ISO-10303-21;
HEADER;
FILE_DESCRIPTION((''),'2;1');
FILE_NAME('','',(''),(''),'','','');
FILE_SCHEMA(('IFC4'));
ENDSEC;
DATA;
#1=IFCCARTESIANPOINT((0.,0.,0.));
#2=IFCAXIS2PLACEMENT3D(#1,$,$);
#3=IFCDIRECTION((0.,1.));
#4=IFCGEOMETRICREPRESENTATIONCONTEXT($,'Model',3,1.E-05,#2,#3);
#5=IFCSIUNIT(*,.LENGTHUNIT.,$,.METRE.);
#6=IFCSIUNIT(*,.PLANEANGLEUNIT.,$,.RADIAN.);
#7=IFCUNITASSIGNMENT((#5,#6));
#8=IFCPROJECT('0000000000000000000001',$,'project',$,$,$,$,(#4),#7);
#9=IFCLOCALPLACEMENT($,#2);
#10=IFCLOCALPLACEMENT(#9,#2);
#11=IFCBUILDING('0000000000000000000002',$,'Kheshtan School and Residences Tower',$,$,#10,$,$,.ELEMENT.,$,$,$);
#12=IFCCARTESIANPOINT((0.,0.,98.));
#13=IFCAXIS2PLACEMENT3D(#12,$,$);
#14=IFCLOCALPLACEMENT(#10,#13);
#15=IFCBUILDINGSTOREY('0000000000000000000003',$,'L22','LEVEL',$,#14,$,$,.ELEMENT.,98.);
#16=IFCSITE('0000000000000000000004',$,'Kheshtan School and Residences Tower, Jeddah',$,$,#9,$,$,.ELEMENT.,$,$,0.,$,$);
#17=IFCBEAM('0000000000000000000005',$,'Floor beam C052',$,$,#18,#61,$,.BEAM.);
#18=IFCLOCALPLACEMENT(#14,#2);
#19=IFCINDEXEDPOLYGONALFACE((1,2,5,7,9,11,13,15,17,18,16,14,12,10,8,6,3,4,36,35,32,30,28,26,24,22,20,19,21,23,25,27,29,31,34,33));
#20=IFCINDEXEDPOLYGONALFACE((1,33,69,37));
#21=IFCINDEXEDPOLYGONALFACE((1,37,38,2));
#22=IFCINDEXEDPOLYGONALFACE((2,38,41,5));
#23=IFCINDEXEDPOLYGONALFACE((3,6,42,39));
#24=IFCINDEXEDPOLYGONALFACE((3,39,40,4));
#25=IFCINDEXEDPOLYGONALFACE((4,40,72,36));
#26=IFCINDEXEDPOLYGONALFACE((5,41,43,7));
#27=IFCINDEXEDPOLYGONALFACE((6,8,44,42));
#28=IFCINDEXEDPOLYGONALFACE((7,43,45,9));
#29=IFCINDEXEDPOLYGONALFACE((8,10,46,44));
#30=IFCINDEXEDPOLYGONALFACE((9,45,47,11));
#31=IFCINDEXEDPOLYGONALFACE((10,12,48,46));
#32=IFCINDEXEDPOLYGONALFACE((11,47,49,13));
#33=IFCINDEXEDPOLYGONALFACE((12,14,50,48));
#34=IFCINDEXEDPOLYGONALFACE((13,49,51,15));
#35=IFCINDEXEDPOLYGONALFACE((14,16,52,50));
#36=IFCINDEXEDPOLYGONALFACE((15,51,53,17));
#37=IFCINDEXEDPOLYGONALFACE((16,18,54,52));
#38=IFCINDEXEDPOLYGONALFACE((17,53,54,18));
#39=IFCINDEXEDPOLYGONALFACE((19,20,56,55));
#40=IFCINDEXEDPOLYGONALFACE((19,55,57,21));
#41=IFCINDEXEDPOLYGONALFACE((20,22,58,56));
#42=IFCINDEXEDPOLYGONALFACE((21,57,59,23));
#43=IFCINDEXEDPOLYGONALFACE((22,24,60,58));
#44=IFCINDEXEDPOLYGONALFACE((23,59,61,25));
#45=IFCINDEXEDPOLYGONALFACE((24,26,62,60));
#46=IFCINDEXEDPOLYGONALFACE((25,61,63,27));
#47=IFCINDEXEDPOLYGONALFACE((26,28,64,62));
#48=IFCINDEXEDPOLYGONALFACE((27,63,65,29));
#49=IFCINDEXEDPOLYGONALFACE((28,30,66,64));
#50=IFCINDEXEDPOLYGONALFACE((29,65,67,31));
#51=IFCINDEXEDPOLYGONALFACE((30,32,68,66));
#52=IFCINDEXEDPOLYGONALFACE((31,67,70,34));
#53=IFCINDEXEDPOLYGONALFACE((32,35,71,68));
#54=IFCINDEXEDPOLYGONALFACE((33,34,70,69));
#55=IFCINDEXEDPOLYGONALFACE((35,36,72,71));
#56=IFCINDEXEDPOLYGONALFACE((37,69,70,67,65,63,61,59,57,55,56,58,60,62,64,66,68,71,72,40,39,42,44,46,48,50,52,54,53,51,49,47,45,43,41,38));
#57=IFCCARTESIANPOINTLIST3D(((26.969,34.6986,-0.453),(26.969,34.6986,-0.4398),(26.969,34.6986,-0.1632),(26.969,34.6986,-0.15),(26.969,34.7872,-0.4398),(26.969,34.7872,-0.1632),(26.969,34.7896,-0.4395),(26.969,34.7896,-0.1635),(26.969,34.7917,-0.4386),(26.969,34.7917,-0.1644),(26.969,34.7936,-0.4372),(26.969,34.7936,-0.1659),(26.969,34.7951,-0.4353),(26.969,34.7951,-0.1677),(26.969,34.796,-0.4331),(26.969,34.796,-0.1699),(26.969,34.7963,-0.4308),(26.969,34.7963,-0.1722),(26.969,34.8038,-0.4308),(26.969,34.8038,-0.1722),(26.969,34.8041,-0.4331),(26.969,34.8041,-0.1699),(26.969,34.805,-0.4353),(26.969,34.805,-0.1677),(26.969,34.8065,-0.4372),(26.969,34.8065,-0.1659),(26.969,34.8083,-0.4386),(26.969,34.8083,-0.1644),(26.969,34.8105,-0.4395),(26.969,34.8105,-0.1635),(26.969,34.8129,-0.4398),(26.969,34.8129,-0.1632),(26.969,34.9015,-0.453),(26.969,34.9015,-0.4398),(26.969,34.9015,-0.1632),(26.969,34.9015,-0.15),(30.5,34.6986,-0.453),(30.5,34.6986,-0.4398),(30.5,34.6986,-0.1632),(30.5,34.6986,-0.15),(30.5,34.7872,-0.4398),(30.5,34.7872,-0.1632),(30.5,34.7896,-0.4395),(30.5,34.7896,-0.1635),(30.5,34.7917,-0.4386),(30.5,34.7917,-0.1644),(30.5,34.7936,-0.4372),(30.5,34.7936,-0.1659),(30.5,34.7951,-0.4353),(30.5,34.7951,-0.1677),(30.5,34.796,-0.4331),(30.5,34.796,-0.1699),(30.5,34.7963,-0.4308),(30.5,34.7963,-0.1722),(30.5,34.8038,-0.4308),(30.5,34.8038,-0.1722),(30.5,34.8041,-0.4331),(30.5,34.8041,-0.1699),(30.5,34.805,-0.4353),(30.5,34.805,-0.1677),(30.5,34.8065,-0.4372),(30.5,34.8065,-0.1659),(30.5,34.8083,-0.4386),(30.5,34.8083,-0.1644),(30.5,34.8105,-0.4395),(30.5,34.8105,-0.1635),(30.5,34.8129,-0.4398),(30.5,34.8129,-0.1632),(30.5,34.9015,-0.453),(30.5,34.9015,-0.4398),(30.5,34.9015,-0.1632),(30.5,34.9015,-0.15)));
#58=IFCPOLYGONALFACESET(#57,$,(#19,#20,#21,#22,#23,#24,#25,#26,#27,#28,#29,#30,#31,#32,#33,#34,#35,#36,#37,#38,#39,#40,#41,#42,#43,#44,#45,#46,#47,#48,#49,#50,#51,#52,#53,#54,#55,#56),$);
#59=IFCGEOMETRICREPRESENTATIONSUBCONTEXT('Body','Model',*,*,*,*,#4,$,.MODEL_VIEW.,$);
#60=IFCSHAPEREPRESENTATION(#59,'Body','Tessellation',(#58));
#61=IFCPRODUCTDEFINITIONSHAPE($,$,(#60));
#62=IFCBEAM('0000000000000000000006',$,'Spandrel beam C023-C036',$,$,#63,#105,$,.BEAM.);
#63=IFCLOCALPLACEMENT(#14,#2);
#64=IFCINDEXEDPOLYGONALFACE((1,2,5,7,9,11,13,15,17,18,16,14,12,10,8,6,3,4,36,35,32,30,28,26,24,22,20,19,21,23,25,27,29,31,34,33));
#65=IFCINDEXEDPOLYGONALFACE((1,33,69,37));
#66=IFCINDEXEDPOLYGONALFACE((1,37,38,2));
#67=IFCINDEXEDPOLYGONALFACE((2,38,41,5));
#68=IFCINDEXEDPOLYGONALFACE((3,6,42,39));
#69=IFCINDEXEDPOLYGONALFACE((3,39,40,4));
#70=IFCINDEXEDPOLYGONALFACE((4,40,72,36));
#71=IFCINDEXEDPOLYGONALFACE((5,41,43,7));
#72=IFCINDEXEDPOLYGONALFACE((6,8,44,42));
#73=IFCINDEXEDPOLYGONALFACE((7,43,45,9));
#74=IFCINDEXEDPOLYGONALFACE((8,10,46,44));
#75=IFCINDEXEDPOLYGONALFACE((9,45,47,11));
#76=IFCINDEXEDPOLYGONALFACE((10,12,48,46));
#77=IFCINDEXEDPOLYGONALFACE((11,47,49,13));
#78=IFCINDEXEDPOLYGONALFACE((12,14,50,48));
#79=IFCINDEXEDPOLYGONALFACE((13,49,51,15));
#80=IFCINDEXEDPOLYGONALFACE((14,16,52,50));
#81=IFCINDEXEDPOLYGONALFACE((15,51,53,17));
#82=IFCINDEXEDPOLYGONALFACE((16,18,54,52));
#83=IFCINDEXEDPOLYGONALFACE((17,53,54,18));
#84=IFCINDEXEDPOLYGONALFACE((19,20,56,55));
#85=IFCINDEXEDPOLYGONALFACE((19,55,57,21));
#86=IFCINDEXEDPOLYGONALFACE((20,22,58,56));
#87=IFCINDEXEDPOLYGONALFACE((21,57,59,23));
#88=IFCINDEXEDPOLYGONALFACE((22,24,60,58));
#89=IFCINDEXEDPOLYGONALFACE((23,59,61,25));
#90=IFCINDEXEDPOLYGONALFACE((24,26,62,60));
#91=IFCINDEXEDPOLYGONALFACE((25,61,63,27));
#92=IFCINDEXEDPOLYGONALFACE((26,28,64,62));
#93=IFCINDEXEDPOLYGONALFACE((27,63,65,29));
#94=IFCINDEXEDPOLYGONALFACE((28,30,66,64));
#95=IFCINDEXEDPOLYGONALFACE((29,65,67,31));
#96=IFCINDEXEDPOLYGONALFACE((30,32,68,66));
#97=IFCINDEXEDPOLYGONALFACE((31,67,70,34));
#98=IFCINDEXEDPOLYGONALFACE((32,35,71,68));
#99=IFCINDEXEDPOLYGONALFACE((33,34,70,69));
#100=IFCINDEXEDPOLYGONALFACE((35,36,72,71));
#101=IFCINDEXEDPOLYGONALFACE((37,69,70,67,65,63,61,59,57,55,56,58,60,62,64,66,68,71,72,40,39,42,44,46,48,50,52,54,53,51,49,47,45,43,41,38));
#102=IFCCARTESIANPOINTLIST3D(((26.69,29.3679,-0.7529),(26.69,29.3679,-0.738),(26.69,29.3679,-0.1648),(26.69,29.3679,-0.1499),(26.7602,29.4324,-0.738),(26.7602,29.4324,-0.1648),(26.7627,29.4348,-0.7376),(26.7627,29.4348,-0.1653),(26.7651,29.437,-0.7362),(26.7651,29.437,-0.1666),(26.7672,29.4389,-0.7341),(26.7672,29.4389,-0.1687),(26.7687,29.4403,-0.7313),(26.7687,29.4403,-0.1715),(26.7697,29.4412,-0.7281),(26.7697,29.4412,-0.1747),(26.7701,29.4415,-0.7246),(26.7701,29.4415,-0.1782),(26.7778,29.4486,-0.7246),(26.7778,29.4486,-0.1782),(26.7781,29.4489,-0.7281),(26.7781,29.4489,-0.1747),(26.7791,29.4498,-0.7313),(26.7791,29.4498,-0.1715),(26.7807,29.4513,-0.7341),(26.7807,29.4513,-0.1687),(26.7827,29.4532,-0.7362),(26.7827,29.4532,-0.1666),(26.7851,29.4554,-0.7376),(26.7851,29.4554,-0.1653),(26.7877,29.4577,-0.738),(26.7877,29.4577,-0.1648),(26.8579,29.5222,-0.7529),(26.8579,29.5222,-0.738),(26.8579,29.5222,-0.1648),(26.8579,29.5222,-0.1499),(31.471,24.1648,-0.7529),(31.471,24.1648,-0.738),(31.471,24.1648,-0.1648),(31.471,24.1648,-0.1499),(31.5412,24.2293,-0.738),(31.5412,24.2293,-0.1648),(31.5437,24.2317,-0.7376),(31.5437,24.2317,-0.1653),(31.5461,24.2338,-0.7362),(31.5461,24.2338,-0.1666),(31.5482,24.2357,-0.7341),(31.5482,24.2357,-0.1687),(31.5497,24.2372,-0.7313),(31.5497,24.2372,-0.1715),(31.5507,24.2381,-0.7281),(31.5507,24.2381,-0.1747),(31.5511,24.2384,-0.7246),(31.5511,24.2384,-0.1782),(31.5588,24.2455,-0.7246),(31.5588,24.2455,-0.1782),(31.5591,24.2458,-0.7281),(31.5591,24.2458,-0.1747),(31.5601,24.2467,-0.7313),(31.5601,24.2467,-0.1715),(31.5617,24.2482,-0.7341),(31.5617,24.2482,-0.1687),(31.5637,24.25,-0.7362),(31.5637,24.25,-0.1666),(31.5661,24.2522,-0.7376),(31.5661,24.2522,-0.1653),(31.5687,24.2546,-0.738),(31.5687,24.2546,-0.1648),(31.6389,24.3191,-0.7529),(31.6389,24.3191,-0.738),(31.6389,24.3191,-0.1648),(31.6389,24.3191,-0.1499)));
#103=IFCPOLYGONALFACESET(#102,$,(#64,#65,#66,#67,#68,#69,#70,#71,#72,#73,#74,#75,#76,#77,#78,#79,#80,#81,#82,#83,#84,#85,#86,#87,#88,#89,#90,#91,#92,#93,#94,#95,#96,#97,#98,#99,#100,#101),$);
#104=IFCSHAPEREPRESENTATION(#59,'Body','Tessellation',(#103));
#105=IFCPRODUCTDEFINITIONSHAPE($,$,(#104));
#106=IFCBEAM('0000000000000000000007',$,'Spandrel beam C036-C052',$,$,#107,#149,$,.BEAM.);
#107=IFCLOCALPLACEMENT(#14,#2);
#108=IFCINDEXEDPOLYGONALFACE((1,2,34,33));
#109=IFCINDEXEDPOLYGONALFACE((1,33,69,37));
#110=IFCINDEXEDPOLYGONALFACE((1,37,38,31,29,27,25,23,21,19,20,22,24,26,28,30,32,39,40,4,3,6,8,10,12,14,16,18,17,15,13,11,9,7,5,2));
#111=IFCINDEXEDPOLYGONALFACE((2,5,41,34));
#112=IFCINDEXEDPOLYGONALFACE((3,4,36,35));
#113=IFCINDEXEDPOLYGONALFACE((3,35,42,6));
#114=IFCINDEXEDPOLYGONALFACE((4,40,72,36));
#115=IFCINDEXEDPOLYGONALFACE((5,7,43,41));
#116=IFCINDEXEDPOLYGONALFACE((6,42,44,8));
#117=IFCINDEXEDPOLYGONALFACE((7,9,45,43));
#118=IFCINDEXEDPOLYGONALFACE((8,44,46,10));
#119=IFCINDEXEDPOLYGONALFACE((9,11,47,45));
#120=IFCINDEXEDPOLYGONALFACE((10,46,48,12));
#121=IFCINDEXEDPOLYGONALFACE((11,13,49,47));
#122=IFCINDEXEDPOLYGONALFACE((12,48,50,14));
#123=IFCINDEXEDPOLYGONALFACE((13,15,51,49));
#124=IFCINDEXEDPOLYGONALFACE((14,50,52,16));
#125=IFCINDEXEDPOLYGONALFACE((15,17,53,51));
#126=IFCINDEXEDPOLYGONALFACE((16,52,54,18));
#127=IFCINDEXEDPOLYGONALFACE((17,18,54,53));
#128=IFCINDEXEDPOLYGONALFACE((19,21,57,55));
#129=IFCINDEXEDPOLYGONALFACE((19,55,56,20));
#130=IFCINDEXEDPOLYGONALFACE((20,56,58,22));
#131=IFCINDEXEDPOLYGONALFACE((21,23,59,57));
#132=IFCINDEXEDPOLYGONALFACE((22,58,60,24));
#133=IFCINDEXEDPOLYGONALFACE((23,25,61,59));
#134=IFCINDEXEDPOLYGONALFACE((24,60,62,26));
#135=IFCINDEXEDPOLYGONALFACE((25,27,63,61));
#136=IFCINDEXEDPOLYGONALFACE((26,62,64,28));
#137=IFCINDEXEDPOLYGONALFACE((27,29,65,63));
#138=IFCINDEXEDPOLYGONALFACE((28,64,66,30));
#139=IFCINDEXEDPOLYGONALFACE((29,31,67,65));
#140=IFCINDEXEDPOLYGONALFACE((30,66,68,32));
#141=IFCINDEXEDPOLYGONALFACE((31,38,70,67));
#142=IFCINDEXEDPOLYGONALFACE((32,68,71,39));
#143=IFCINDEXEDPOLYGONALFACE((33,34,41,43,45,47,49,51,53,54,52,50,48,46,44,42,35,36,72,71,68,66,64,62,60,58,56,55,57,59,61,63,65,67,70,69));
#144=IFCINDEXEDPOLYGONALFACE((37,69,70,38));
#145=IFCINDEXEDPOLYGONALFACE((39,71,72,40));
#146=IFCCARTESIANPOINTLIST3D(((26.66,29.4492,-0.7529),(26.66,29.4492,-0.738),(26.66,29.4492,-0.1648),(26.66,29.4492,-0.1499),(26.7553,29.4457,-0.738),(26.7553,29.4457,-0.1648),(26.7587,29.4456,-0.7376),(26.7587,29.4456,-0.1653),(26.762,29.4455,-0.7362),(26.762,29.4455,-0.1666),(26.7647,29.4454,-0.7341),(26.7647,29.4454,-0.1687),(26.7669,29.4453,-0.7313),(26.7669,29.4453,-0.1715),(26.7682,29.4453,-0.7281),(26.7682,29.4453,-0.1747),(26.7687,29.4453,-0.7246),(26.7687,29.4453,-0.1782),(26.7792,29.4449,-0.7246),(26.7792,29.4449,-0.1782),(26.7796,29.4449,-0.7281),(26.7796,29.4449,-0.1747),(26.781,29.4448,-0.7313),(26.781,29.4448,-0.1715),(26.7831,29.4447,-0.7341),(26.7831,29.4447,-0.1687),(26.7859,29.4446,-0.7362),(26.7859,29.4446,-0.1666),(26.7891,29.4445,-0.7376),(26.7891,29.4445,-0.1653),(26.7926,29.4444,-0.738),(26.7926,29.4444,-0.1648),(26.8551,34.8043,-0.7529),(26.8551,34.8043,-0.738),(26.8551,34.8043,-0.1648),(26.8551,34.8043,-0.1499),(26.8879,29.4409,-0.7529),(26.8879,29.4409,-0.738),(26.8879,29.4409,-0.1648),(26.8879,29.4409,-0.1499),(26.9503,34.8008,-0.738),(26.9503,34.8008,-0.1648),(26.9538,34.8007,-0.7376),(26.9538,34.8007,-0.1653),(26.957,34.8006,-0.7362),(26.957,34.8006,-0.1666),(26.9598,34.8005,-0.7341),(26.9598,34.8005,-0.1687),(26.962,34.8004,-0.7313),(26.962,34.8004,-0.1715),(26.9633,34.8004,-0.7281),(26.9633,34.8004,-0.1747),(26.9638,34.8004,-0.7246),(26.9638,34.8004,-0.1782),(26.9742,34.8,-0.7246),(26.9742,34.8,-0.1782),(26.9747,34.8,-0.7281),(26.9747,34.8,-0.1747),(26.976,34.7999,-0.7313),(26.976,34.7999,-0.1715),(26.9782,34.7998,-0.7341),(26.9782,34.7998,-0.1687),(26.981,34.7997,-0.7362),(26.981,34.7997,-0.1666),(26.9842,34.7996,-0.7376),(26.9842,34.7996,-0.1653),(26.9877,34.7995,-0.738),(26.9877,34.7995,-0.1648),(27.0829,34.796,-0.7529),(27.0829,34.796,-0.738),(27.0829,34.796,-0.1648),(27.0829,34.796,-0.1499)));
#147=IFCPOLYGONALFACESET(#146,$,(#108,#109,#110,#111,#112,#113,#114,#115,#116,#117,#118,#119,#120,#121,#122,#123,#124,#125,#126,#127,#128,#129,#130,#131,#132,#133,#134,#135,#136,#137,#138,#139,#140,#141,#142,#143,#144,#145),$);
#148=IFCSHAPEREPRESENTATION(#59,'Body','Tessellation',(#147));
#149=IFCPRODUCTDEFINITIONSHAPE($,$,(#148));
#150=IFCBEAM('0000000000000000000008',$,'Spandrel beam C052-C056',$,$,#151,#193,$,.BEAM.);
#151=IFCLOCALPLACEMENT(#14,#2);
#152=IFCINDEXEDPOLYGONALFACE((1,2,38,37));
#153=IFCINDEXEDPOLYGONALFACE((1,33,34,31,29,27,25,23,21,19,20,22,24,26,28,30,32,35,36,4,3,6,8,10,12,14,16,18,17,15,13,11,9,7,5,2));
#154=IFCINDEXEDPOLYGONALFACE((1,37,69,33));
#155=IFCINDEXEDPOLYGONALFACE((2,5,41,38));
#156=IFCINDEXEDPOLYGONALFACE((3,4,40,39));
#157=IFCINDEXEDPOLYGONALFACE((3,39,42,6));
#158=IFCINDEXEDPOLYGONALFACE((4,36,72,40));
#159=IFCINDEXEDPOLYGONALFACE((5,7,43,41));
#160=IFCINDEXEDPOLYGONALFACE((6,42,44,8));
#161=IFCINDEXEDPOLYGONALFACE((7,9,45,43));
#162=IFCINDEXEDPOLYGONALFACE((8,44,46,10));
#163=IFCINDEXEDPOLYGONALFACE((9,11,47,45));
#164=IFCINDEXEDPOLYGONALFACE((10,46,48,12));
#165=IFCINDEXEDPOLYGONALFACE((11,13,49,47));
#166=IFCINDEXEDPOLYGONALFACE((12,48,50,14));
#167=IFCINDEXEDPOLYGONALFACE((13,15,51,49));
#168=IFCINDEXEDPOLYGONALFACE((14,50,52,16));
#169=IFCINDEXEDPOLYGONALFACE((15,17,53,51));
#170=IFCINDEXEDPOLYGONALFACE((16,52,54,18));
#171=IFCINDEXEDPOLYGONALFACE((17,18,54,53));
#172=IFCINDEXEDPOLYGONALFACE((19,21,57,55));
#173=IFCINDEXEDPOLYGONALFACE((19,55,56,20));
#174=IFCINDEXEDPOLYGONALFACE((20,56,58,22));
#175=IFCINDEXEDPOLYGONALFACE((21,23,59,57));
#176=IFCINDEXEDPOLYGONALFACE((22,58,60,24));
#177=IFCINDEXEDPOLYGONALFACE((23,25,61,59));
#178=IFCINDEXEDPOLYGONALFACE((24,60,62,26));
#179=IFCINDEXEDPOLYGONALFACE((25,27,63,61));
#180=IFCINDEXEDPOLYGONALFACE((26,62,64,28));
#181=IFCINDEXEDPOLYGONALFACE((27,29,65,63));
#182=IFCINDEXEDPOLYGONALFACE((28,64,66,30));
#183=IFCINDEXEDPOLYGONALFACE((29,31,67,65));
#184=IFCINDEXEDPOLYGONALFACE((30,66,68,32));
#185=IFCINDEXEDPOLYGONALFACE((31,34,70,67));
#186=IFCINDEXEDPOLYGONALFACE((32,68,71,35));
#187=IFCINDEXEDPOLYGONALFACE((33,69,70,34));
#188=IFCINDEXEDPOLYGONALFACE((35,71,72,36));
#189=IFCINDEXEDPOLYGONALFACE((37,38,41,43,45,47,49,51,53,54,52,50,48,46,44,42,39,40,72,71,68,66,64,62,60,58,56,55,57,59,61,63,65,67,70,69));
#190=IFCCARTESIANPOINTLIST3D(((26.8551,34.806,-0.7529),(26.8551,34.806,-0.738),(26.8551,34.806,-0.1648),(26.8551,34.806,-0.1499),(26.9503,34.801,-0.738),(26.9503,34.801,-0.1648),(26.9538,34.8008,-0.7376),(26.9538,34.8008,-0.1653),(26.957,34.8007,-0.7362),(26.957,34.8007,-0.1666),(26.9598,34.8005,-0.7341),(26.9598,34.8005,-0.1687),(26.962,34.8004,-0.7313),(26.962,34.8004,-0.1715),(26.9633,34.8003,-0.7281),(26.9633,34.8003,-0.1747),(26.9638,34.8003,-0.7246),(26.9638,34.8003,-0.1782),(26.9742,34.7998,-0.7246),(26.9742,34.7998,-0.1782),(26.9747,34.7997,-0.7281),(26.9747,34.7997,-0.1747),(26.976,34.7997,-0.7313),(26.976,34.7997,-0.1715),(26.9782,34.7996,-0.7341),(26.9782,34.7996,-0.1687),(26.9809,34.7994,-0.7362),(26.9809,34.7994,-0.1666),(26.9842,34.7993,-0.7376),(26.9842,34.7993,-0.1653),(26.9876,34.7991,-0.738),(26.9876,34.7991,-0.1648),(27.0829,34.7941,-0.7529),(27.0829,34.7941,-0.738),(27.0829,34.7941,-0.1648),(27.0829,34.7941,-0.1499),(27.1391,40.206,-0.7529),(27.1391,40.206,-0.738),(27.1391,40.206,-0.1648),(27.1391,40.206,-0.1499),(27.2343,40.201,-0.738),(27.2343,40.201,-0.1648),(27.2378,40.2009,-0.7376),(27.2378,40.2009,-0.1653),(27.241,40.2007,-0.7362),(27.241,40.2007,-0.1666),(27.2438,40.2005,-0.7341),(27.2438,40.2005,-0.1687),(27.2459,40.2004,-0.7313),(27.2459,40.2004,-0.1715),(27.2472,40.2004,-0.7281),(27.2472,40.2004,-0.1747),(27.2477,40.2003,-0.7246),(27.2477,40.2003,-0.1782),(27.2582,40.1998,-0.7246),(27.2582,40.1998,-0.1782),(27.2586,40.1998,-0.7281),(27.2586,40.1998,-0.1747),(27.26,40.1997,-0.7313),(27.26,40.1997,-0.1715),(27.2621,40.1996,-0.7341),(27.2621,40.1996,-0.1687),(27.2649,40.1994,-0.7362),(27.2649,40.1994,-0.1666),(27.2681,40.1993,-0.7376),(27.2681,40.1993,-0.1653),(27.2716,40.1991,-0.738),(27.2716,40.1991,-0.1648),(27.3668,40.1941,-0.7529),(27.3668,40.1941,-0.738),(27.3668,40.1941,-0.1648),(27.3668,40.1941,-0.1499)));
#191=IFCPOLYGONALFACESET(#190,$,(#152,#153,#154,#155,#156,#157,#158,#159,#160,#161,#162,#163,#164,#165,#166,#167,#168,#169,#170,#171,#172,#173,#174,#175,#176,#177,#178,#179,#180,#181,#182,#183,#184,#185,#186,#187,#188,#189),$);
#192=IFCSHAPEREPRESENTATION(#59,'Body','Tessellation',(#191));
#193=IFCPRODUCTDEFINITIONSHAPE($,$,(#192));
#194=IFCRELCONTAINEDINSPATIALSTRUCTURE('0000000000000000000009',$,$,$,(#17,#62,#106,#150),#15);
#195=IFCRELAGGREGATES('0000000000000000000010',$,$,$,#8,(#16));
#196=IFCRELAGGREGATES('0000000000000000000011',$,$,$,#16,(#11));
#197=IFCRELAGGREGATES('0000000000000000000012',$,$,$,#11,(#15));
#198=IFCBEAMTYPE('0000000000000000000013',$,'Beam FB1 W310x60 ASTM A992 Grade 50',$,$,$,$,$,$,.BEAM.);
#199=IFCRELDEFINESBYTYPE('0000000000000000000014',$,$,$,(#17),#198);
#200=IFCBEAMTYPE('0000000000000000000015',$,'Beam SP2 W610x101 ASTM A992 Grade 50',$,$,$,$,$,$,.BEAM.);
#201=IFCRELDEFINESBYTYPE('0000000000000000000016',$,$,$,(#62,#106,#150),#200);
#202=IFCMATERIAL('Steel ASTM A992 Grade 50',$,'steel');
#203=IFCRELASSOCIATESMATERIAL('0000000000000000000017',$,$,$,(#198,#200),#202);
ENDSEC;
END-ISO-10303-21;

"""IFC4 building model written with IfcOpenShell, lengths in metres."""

from ifc_helpers import new_model, si_unit, direction, frame, origin, origin_2d, place, context, subcontext, project, spatial, i_section, extrude, material, material_profile, profile_set, type_object, element, save


model = new_model("IFC4")

# Units and contexts
model_context = context("Model", 3, precision=1e-05, world=origin(), true_north=direction((0.0, 1.0)))
body_context = subcontext(model_context, "Body", "Model", "MODEL_VIEW")
ifc_project = project(units=[si_unit("LENGTHUNIT", "METRE"), si_unit("PLANEANGLEUNIT", "RADIAN")], contexts=[model_context])

# Site, building, storey
site_placement = place(None, origin())
site = spatial("IfcSite", under=ifc_project, at=site_placement, Name="Kheshtan School and Residences Tower, Jeddah", CompositionType="ELEMENT", RefElevation=0.0)
building_placement = place(site_placement, origin())
building = spatial("IfcBuilding", under=site, at=building_placement, Name="Kheshtan School and Residences Tower", CompositionType="ELEMENT")
storey_placement = place(building_placement, frame((0.0, 0.0, 98.0)))
storey = spatial("IfcBuildingStorey", under=building, at=storey_placement, Name="L22", Description="LEVEL", CompositionType="ELEMENT", Elevation=98.0)

# Shared definitions
ifc_material_1 = material(Name="Steel ASTM A992 Grade 50", Category="steel")

# Beams
ifc_material_profile_1 = material_profile(ifc_material_1, i_section(OverallWidth=0.2029, OverallDepth=0.303, WebThickness=0.0076, FlangeThickness=0.0132, FilletRadius=0.009, at=origin_2d()), Name="W310x60")
ifc_profile_set_1 = profile_set([ifc_material_profile_1], Name="Steel ASTM A992 Grade 50")
beam_type_1 = type_object("IfcBeamType", Name="Beam FB1 W310x60 ASTM A992 Grade 50", PredefinedType="BEAM", material=ifc_profile_set_1)
beam_1_placement = place(storey_placement, frame((26.969, 34.8, -0.3015), z_axis=(1.0, 0.0, 0.0), x_axis=(0.0, 1.0, 0.0)))
element("IfcBeam", 1, at=beam_1_placement, inside=storey, type_object=beam_type_1, Name="Floor beam C052", PredefinedType="BEAM", context=body_context, shape_type="SweptSolid", body=[
    extrude(i_section(OverallWidth=0.2029, OverallDepth=0.303, WebThickness=0.0076, FlangeThickness=0.0132, FilletRadius=0.009, at=origin_2d()), origin(), (0.0, 0.0, 1.0), 3.531),
])
ifc_material_profile_2 = material_profile(ifc_material_1, i_section(OverallWidth=0.228, OverallDepth=0.603, WebThickness=0.0105, FlangeThickness=0.0149, FilletRadius=0.0134, at=origin_2d()), Name="W610x101")
ifc_profile_set_2 = profile_set([ifc_material_profile_2], Name="Steel ASTM A992 Grade 50")
beam_type_2 = type_object("IfcBeamType", Name="Beam SP2 W610x101 ASTM A992 Grade 50", PredefinedType="BEAM", material=ifc_profile_set_2)
beam_2_placement = place(storey_placement, frame((31.5549, 24.2419, -0.4514), z_axis=(-0.676607, 0.736345, 0.0), x_axis=(-0.736345, -0.676607, 0.0)))
element("IfcBeam", 2, at=beam_2_placement, inside=storey, type_object=beam_type_2, Name="Spandrel beam C023-C036", PredefinedType="BEAM", context=body_context, shape_type="SweptSolid", body=[
    extrude(i_section(OverallWidth=0.228, OverallDepth=0.603, WebThickness=0.0105, FlangeThickness=0.0149, FilletRadius=0.0134, at=origin_2d()), origin(), (0.0, 0.0, 1.0), 7.0662),
])
beam_3_placement = place(storey_placement, frame((26.7739, 29.4451, -0.4514), z_axis=(0.036403, 0.999337, 0.0), x_axis=(-0.999337, 0.036403, 0.0)))
element("IfcBeam", 3, at=beam_3_placement, inside=storey, type_object=beam_type_2, Name="Spandrel beam C036-C052", PredefinedType="BEAM", context=body_context, shape_type="SweptSolid", body=[
    extrude(i_section(OverallWidth=0.228, OverallDepth=0.603, WebThickness=0.0105, FlangeThickness=0.0149, FilletRadius=0.0134, at=origin_2d()), origin(), (0.0, 0.0, 1.0), 5.3586),
])
beam_4_placement = place(storey_placement, frame((26.969, 34.8, -0.4514), z_axis=(0.052509, 0.99862, 0.0), x_axis=(-0.99862, 0.052509, 0.0)))
element("IfcBeam", 4, at=beam_4_placement, inside=storey, type_object=beam_type_2, Name="Spandrel beam C052-C056", PredefinedType="BEAM", context=body_context, shape_type="SweptSolid", body=[
    extrude(i_section(OverallWidth=0.228, OverallDepth=0.603, WebThickness=0.0105, FlangeThickness=0.0149, FilletRadius=0.0134, at=origin_2d()), origin(), (0.0, 0.0, 1.0), 5.4075),
])

save(model, "model.ifc")
